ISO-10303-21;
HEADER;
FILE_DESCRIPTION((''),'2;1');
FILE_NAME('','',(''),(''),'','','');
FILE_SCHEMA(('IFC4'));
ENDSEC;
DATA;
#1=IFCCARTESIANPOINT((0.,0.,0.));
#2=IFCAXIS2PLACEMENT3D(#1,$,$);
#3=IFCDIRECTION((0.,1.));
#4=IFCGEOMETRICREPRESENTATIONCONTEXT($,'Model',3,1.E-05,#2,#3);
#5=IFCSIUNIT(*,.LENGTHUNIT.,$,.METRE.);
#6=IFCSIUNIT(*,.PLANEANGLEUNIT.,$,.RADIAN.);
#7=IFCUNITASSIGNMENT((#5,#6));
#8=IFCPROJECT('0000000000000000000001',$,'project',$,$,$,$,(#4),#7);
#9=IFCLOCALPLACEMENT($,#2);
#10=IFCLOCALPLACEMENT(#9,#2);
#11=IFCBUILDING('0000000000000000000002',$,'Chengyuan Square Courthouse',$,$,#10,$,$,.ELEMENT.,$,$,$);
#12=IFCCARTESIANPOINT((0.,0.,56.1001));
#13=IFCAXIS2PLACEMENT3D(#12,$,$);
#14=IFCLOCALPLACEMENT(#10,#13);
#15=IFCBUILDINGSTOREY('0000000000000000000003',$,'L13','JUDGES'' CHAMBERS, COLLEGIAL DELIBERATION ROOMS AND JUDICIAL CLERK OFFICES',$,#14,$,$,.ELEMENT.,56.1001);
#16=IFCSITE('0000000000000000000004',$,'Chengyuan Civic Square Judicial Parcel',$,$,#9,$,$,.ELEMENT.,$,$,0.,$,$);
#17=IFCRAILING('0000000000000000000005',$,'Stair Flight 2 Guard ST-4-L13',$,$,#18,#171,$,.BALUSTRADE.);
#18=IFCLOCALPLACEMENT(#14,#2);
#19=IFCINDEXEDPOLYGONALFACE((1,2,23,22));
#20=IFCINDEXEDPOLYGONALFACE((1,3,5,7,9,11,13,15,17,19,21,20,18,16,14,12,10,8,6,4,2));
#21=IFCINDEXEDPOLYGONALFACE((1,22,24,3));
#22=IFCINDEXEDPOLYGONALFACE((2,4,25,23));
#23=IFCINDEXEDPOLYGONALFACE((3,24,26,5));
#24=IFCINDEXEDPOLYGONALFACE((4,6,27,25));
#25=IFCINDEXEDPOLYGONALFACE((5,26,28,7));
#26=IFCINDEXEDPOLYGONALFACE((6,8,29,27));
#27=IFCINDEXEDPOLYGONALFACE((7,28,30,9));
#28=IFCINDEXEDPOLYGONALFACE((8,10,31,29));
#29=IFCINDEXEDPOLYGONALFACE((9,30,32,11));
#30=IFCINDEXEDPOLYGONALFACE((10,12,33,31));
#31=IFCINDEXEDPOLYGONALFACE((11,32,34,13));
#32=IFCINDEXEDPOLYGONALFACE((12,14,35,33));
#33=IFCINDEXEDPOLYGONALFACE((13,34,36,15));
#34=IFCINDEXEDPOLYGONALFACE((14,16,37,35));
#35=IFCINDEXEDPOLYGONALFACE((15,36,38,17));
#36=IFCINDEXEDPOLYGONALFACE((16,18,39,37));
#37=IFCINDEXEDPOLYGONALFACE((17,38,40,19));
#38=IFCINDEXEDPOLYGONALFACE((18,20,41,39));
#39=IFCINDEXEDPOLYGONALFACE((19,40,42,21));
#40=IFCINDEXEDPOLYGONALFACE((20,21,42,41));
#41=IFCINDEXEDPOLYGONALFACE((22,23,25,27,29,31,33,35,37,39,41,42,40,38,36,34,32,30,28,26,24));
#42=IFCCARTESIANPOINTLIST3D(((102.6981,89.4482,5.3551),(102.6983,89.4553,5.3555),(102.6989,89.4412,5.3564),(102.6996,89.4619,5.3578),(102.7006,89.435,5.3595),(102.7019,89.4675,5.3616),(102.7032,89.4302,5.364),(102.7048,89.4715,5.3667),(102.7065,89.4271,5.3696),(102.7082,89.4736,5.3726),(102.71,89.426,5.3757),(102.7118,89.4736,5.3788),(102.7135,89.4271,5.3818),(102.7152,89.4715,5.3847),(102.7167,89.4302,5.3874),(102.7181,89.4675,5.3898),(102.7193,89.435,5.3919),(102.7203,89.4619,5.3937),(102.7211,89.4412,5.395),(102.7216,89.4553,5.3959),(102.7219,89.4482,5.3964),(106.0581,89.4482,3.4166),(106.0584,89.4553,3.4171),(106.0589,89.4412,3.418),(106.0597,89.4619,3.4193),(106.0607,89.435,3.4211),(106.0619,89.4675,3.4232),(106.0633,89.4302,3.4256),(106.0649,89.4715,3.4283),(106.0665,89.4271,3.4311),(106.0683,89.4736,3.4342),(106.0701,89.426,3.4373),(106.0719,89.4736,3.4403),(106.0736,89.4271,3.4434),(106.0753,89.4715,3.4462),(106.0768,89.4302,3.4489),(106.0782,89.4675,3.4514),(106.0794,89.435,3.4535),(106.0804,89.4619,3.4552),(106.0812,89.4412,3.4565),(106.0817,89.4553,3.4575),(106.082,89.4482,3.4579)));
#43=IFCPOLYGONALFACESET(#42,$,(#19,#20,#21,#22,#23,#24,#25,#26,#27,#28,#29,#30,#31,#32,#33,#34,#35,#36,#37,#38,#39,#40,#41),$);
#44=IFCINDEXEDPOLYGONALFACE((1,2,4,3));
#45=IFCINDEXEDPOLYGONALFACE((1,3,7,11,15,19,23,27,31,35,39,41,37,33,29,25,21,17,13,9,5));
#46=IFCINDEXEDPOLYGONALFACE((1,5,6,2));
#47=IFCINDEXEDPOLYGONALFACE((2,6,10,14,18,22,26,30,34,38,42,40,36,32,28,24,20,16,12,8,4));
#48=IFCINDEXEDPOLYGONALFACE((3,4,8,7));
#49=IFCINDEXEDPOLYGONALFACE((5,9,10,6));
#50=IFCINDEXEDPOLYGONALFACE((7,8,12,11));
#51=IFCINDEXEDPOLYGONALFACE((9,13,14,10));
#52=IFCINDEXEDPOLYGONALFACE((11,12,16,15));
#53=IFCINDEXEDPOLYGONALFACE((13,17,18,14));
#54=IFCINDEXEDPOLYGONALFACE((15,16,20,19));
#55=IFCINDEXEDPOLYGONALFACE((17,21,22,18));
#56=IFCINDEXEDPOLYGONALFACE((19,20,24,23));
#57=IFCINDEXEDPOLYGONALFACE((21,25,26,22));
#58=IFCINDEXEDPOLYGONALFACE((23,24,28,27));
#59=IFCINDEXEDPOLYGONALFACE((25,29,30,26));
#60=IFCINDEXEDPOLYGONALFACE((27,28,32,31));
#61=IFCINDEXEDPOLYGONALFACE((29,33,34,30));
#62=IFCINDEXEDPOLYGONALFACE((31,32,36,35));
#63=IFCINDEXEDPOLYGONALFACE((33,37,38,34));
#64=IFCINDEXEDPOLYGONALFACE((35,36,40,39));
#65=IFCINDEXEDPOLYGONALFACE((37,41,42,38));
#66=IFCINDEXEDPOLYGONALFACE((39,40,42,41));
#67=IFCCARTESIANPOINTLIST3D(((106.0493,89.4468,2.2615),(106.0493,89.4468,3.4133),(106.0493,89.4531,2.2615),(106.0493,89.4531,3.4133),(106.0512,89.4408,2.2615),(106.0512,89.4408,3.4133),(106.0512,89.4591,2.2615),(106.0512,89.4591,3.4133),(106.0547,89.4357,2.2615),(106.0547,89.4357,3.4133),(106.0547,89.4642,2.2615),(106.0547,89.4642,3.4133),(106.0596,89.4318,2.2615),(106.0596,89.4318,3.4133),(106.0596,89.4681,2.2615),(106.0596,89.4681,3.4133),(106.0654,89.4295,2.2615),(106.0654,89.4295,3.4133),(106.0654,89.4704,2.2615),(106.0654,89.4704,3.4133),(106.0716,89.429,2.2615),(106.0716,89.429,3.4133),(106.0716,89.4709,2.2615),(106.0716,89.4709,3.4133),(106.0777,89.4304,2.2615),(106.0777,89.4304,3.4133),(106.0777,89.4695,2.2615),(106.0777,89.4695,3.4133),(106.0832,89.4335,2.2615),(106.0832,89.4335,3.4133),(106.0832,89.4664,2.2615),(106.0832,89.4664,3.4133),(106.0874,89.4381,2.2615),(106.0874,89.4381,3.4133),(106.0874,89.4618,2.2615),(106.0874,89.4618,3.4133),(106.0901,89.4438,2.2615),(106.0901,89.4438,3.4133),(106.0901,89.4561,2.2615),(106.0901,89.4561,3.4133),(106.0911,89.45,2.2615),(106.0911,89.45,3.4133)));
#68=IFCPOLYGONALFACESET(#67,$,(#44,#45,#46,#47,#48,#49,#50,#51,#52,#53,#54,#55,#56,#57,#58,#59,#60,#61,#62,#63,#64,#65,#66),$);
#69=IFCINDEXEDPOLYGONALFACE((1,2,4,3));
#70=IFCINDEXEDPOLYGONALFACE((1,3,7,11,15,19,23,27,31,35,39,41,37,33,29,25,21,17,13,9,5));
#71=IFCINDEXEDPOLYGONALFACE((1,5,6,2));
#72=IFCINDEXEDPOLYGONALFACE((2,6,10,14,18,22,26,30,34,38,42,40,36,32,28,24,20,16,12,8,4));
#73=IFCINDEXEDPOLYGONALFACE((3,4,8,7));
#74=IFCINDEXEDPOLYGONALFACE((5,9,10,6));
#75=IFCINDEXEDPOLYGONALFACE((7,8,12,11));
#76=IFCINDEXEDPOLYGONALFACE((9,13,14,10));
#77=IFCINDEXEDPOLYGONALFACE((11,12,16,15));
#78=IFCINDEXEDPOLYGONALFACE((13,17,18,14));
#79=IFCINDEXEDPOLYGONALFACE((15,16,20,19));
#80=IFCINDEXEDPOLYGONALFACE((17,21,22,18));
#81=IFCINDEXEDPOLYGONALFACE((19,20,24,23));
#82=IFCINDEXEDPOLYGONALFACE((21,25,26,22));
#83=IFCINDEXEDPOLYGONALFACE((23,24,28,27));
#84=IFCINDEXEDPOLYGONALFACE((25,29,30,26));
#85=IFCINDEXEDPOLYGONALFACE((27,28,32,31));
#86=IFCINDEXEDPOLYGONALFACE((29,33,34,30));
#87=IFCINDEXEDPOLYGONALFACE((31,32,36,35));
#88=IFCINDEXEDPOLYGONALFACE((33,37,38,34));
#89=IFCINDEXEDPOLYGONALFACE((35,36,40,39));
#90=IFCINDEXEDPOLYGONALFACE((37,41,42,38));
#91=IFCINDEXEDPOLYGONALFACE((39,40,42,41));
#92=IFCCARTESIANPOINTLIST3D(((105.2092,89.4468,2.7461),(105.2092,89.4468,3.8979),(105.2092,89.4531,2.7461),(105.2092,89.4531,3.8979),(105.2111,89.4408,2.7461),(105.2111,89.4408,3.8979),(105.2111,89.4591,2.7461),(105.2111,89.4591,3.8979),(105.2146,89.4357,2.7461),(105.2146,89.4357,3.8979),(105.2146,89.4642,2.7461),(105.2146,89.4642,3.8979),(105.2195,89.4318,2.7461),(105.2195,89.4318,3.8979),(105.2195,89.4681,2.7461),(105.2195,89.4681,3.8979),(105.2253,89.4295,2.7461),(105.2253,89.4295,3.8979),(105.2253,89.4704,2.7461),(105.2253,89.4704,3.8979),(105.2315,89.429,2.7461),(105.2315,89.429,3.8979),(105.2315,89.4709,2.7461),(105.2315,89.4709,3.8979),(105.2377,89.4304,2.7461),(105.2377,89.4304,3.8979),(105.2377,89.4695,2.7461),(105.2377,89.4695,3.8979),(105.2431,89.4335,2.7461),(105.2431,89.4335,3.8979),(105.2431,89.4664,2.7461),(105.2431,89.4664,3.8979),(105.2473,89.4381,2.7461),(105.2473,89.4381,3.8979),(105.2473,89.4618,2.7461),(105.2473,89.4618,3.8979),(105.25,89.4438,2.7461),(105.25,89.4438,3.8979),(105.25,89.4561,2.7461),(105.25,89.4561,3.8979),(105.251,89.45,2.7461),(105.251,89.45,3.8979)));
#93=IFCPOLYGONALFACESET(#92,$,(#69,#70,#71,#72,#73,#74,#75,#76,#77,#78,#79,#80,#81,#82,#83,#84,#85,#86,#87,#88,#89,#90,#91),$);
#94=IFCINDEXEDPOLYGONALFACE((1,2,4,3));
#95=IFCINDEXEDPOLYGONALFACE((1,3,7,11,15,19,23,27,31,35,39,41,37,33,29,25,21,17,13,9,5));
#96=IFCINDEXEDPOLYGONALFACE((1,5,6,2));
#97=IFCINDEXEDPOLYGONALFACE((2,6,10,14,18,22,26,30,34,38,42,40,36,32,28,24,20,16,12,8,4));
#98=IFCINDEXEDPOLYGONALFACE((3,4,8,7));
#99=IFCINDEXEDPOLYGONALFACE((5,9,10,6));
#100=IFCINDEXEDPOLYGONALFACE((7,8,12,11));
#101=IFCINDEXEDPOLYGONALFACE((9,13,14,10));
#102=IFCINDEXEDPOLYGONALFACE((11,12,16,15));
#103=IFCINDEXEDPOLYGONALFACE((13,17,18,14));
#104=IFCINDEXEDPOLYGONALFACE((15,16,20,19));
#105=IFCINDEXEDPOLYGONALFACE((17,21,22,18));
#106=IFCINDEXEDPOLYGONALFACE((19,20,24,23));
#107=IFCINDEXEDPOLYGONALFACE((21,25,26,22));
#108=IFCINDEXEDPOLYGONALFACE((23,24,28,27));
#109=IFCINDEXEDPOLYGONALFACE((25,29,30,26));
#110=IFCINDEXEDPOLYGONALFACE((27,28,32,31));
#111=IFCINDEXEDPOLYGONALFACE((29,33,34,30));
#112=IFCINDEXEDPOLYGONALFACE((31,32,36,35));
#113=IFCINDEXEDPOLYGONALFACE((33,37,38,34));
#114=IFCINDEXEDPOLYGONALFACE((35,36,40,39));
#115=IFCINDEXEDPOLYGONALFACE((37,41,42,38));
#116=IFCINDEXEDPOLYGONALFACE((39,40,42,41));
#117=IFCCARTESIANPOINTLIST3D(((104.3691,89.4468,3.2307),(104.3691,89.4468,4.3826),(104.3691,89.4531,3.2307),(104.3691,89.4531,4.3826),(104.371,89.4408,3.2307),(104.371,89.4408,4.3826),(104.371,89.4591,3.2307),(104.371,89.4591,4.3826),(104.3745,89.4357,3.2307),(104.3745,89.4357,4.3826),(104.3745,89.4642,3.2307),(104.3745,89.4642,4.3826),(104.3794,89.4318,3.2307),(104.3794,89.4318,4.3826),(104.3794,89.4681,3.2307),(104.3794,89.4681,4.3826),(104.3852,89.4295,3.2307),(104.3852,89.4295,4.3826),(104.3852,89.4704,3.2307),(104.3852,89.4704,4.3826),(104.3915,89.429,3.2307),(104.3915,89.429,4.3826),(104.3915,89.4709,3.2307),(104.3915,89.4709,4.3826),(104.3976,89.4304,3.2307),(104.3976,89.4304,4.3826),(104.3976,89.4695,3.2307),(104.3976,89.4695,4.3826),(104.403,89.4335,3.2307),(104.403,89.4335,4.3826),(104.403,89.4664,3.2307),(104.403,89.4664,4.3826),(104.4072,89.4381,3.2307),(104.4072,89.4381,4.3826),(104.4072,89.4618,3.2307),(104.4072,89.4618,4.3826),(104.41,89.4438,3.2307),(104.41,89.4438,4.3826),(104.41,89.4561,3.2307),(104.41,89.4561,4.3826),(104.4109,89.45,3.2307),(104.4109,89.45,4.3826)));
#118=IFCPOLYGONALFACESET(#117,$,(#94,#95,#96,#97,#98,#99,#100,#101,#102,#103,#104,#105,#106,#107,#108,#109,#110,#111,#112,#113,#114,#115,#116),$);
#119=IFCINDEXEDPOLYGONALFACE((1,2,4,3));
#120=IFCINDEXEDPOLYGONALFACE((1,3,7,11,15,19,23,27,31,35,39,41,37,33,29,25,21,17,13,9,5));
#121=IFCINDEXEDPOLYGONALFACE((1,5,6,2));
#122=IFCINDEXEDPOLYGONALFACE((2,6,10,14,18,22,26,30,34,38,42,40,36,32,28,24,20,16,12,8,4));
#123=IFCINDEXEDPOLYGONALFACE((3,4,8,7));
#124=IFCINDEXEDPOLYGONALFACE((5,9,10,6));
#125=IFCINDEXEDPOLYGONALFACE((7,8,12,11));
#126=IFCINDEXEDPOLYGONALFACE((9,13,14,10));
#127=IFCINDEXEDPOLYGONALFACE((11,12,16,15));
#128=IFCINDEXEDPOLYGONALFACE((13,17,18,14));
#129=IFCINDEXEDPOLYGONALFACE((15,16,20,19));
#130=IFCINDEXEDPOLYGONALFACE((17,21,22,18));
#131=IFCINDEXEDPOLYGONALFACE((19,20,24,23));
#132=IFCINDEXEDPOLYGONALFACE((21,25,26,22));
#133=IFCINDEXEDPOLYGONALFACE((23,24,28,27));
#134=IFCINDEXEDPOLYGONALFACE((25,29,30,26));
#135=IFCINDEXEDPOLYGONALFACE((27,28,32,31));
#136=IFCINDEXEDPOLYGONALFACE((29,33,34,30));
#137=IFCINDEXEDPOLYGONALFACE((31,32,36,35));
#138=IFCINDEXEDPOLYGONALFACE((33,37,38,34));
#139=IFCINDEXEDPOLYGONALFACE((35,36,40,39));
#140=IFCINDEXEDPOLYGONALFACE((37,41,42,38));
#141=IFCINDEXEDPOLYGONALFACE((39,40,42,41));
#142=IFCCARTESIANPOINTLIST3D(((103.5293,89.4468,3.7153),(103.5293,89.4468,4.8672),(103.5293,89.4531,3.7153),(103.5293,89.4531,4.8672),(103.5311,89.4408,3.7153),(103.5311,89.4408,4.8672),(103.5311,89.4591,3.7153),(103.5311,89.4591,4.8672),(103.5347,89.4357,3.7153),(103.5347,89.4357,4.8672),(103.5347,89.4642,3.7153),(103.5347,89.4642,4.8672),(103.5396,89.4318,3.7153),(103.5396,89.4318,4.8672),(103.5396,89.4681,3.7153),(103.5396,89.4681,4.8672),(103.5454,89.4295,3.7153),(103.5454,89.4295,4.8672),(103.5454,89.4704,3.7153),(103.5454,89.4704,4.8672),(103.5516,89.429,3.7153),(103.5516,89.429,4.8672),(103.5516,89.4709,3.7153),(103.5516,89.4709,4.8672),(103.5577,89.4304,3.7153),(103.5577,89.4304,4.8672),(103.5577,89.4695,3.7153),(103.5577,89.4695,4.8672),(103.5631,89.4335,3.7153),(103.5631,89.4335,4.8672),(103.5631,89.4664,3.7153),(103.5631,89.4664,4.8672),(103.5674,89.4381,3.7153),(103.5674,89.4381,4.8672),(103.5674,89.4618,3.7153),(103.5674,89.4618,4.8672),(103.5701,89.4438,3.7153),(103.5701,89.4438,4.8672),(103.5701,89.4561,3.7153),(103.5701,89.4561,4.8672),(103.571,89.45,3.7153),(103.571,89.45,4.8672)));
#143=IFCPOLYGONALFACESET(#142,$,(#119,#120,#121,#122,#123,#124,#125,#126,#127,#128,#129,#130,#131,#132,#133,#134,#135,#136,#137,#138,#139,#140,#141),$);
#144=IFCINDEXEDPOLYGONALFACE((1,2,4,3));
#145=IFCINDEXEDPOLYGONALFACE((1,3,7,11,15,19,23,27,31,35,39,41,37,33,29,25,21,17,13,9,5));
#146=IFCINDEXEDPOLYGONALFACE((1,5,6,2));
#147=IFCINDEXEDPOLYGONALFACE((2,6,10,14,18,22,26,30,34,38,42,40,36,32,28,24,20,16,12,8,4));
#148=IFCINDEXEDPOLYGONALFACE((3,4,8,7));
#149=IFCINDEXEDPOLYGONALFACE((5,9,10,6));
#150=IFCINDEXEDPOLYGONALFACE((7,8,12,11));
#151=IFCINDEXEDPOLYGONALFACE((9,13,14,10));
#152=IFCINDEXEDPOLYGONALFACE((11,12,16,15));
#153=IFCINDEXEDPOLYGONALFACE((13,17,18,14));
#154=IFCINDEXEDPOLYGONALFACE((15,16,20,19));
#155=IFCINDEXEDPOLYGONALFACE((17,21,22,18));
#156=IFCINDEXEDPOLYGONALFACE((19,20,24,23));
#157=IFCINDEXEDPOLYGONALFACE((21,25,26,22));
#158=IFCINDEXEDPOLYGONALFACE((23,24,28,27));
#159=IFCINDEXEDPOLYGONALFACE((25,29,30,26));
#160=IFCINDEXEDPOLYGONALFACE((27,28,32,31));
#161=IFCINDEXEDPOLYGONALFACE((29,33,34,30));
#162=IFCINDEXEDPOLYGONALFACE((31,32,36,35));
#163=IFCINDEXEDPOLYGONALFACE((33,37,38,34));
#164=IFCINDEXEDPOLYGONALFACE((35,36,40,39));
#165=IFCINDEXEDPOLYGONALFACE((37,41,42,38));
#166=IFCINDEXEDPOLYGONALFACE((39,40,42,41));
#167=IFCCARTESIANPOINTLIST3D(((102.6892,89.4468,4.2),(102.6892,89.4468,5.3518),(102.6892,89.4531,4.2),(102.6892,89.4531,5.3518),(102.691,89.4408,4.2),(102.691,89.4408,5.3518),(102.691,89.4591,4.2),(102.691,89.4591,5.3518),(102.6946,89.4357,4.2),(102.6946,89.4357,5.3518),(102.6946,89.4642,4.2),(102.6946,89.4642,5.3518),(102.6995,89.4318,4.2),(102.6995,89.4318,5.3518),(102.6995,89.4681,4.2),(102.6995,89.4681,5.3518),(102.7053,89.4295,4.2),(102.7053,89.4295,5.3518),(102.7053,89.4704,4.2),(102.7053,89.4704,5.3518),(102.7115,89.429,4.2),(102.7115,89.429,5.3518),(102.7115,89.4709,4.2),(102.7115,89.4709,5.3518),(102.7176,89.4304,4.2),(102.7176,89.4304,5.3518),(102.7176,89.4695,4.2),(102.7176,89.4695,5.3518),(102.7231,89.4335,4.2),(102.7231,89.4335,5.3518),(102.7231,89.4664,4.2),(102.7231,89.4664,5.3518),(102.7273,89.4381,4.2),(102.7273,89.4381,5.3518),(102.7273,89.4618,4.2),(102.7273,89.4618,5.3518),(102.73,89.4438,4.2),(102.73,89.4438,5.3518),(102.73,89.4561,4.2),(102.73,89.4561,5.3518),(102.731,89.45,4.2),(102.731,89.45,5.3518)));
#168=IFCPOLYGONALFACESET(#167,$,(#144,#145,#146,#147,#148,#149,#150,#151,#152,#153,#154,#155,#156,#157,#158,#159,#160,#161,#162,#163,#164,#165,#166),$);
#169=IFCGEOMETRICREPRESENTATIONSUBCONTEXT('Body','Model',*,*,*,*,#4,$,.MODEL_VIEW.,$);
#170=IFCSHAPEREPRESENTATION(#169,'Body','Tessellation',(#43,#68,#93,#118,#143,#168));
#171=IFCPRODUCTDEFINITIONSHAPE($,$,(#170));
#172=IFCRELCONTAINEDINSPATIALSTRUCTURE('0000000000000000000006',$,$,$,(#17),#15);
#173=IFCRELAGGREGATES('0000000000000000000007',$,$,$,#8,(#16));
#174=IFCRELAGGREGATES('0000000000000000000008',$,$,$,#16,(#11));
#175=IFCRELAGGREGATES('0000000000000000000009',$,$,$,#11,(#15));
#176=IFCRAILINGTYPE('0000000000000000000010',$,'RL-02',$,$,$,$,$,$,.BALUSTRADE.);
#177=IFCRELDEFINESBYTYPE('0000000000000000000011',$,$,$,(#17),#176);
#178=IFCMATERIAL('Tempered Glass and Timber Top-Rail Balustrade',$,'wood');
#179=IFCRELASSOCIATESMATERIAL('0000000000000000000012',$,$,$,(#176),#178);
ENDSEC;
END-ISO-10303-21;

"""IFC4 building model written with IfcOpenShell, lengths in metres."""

from ifc_helpers import new_model, si_unit, direction, frame, origin, origin_2d, place, context, subcontext, project, spatial, circle, extrude, material, type_object, element, save


model = new_model("IFC4")

# Units and contexts
model_context = context("Model", 3, precision=1e-05, world=origin(), true_north=direction((0.0, 1.0)))
body_context = subcontext(model_context, "Body", "Model", "MODEL_VIEW")
ifc_project = project(units=[si_unit("LENGTHUNIT", "METRE"), si_unit("PLANEANGLEUNIT", "RADIAN")], contexts=[model_context])

# Site, building, storey
site_placement = place(None, origin())
site = spatial("IfcSite", under=ifc_project, at=site_placement, Name="Chengyuan Civic Square Judicial Parcel", CompositionType="ELEMENT", RefElevation=0.0)
building_placement = place(site_placement, origin())
building = spatial("IfcBuilding", under=site, at=building_placement, Name="Chengyuan Square Courthouse", CompositionType="ELEMENT")
storey_placement = place(building_placement, frame((0.0, 0.0, 56.1001)))
storey = spatial("IfcBuildingStorey", under=building, at=storey_placement, Name="L13", Description="JUDGES' CHAMBERS, COLLEGIAL DELIBERATION ROOMS AND JUDICIAL CLERK OFFICES", CompositionType="ELEMENT", Elevation=56.1001)

# Railing
ifc_material_1 = material(Name="Tempered Glass and Timber Top-Rail Balustrade", Category="wood")
railing_type_1 = type_object("IfcRailingType", Name="RL-02", PredefinedType="BALUSTRADE", material=ifc_material_1)
railing_1_placement = place(storey_placement, frame((106.0701, 89.45, 2.2615)))
element("IfcRailing", 1, at=railing_1_placement, inside=storey, type_object=railing_type_1, Name="Stair Flight 2 Guard ST-4-L13", PredefinedType="BALUSTRADE", context=body_context, shape_type="SweptSolid", body=[
    extrude(circle(Radius=0.0239, at=origin_2d()), frame((0.0, 0.0, 1.1758), z_axis=(-0.866191, 0.0, 0.499713), x_axis=(0.0, -1.0, 0.0)), (0.0, 0.0, 1.0), 3.8792),
    extrude(circle(Radius=0.021, at=origin_2d()), origin(), (0.0, 0.0, 1.0), 1.1519),
    extrude(circle(Radius=0.021, at=origin_2d()), frame((-0.8401, 0.0, 0.4846)), (0.0, 0.0, 1.0), 1.1519),
    extrude(circle(Radius=0.021, at=origin_2d()), frame((-1.6802, 0.0, 0.9692)), (0.0, 0.0, 1.0), 1.1519),
    extrude(circle(Radius=0.021, at=origin_2d()), frame((-2.52, 0.0, 1.4539)), (0.0, 0.0, 1.0), 1.1519),
    extrude(circle(Radius=0.021, at=origin_2d()), frame((-3.3601, 0.0, 1.9385)), (0.0, 0.0, 1.0), 1.1519),
])

save(model, "model.ifc")
